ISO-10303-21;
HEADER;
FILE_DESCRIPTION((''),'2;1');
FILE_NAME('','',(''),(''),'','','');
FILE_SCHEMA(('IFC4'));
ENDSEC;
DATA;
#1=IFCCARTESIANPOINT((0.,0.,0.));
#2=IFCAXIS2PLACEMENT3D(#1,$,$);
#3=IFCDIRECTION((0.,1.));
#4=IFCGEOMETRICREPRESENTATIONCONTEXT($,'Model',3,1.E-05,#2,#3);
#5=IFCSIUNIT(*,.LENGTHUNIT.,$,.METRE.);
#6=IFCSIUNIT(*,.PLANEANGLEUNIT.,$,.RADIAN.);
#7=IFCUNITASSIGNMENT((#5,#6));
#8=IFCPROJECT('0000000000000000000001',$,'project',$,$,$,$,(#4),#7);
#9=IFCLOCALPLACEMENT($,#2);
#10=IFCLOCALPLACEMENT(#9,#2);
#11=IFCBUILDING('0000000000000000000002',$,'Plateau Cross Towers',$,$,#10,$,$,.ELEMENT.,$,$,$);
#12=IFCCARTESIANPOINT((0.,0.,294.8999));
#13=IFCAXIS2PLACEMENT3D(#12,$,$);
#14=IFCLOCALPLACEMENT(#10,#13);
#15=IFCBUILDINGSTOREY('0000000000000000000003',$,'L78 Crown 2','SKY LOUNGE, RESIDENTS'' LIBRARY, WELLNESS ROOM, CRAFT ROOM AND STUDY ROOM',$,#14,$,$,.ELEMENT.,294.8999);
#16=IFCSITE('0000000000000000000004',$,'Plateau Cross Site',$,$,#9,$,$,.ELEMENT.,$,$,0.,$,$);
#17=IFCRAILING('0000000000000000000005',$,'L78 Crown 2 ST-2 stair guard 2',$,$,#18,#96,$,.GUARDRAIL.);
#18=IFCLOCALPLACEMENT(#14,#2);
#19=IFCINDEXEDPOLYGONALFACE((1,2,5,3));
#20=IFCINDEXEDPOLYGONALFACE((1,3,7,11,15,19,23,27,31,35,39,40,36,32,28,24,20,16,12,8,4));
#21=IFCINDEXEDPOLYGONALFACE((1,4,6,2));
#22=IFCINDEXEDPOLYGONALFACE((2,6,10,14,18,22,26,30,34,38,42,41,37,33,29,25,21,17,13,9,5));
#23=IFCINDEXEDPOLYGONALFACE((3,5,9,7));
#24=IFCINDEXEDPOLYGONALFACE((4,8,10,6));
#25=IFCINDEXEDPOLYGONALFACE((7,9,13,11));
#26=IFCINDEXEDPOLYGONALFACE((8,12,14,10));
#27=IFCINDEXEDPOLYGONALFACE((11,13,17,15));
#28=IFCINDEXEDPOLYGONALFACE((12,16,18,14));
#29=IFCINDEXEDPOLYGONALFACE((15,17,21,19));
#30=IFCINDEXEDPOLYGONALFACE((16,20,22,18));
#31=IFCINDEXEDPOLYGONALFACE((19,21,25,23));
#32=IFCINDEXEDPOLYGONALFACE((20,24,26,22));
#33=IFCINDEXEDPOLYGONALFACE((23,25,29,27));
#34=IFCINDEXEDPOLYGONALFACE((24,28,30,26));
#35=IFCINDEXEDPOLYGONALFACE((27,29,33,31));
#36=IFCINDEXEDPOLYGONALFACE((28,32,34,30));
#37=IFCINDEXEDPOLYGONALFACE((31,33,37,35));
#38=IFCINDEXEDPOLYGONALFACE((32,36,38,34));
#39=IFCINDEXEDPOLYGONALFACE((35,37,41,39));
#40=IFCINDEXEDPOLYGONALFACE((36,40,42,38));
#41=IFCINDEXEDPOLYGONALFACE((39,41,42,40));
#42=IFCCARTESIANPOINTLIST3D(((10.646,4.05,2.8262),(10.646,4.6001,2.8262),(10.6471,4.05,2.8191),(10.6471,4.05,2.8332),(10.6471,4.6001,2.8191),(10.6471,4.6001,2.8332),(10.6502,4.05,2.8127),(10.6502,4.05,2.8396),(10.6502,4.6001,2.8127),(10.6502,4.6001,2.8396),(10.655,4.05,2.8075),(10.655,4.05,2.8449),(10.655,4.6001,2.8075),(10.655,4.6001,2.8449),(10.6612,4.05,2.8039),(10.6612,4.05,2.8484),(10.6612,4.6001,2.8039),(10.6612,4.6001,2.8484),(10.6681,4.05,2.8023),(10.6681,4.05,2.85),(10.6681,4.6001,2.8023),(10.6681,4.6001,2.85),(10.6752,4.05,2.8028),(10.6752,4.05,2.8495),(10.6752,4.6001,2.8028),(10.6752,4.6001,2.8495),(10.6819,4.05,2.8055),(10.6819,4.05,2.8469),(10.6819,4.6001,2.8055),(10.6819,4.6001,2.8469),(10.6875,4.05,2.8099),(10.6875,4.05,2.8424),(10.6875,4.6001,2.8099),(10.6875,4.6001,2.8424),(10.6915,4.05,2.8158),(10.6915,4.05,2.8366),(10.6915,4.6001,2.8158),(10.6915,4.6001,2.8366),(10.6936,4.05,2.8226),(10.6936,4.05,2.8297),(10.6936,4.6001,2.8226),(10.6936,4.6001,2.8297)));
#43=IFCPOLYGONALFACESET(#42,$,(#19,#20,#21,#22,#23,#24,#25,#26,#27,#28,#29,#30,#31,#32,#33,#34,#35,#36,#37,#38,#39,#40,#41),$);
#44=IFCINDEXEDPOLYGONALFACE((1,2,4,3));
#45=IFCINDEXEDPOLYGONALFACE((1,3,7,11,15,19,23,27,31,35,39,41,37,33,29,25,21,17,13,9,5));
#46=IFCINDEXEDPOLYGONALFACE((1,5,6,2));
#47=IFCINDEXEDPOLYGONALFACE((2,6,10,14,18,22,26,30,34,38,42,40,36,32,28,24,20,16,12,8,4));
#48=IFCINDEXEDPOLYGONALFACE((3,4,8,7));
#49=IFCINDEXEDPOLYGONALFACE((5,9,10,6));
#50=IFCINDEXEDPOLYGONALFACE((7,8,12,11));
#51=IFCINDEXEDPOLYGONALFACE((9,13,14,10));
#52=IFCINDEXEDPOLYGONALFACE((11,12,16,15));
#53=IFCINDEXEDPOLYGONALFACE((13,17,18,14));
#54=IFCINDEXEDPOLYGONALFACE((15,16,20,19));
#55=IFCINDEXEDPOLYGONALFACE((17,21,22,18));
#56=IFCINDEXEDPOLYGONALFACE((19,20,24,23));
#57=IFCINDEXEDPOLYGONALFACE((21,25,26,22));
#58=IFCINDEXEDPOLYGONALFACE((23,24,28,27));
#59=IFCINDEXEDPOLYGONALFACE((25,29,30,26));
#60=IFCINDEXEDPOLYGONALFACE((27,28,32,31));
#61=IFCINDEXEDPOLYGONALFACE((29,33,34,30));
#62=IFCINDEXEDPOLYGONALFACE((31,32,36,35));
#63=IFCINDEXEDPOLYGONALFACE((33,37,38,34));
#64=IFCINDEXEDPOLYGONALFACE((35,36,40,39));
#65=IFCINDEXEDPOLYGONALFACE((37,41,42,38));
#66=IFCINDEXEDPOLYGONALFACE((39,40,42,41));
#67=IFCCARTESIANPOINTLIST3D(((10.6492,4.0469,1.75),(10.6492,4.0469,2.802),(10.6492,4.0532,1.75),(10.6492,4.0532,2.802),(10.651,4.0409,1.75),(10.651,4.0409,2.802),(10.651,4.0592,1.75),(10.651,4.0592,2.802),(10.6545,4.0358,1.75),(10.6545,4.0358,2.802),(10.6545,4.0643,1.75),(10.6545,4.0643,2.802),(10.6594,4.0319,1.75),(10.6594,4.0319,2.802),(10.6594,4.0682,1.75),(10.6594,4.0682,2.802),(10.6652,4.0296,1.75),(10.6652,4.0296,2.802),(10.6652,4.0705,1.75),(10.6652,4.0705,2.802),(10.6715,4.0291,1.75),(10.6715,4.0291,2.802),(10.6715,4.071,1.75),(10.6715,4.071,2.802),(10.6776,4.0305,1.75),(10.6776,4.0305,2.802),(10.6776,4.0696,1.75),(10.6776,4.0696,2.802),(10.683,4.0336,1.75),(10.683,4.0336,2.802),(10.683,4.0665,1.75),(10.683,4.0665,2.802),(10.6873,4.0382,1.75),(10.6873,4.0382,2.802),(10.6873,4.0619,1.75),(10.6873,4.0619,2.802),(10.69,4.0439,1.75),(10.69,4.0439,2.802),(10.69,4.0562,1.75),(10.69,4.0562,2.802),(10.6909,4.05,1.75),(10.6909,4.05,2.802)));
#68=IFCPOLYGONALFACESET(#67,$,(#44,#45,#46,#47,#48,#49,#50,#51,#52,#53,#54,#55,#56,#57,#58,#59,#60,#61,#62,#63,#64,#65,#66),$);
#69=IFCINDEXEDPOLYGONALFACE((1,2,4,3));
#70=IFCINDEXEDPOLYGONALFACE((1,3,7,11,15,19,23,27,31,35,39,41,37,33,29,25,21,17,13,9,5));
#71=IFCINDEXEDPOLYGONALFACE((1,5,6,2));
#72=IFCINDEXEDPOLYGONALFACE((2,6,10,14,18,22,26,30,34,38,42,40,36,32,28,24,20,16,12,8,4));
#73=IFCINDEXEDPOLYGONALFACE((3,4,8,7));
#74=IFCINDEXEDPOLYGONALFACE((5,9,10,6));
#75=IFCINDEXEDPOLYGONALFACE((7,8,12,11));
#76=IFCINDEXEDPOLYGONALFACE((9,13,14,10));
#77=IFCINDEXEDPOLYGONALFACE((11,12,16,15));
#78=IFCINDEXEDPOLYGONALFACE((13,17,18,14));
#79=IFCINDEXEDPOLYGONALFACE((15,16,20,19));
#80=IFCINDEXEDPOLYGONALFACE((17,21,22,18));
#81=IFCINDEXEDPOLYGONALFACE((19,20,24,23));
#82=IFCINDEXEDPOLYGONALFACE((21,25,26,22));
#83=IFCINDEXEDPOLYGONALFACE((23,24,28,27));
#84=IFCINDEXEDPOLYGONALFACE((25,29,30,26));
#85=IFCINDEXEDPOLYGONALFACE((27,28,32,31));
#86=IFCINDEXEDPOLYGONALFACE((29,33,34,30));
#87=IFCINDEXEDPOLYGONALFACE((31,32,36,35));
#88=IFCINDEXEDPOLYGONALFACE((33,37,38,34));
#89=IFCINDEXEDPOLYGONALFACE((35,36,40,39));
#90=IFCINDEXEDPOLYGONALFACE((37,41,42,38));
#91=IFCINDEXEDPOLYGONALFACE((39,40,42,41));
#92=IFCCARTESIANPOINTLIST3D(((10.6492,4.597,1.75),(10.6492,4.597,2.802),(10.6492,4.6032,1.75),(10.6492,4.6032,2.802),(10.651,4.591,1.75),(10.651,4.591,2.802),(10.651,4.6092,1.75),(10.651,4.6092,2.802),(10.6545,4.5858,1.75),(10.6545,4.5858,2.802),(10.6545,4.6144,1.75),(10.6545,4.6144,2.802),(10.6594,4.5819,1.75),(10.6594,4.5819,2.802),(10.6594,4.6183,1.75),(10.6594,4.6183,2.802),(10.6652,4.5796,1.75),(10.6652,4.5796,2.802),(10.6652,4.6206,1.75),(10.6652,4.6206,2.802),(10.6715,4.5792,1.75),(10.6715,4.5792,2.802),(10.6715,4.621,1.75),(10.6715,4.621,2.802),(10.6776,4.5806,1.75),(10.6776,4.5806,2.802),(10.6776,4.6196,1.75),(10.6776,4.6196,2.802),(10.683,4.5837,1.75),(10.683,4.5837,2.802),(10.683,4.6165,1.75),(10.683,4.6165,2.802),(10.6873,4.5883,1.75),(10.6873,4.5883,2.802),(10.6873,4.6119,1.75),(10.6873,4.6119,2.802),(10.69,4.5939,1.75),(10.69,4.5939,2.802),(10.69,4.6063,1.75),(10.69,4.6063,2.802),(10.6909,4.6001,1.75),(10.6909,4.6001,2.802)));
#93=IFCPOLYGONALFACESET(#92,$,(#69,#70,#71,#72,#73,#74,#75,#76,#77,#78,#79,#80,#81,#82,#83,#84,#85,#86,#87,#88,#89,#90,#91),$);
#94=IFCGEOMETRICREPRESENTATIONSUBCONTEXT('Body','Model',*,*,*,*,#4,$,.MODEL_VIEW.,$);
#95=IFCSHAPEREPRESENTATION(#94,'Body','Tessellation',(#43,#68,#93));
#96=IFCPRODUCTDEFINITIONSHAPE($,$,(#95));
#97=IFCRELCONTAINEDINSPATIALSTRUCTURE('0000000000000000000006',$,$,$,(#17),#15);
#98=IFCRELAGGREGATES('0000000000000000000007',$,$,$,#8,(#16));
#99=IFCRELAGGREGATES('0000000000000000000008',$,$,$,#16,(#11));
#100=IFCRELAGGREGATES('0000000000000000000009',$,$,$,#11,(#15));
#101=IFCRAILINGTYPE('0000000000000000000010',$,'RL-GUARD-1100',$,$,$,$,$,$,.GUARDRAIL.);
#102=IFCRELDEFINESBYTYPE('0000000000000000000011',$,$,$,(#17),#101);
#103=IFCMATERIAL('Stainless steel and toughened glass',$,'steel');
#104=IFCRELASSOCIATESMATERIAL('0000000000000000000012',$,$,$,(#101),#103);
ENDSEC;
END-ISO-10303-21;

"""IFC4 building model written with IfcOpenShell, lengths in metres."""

from ifc_helpers import new_model, si_unit, direction, frame, origin, origin_2d, place, context, subcontext, project, spatial, circle, extrude, material, type_object, element, save


model = new_model("IFC4")

# Units and contexts
model_context = context("Model", 3, precision=1e-05, world=origin(), true_north=direction((0.0, 1.0)))
body_context = subcontext(model_context, "Body", "Model", "MODEL_VIEW")
ifc_project = project(units=[si_unit("LENGTHUNIT", "METRE"), si_unit("PLANEANGLEUNIT", "RADIAN")], contexts=[model_context])

# Site, building, storey
site_placement = place(None, origin())
site = spatial("IfcSite", under=ifc_project, at=site_placement, Name="Plateau Cross Site", CompositionType="ELEMENT", RefElevation=0.0)
building_placement = place(site_placement, origin())
building = spatial("IfcBuilding", under=site, at=building_placement, Name="Plateau Cross Towers", CompositionType="ELEMENT")
storey_placement = place(building_placement, frame((0.0, 0.0, 294.8999)))
storey = spatial("IfcBuildingStorey", under=building, at=storey_placement, Name="L78 Crown 2", Description="SKY LOUNGE, RESIDENTS' LIBRARY, WELLNESS ROOM, CRAFT ROOM AND STUDY ROOM", CompositionType="ELEMENT", Elevation=294.8999)

# Railing
ifc_material_1 = material(Name="Stainless steel and toughened glass", Category="steel")
railing_type_1 = type_object("IfcRailingType", Name="RL-GUARD-1100", PredefinedType="GUARDRAIL", material=ifc_material_1)
railing_1_placement = place(storey_placement, frame((10.6699, 4.05, 1.75)))
element("IfcRailing", 1, at=railing_1_placement, inside=storey, type_object=railing_type_1, Name="L78 Crown 2 ST-2 stair guard 2", PredefinedType="GUARDRAIL", context=body_context, shape_type="SweptSolid", body=[
    extrude(circle(Radius=0.0239, at=origin_2d()), frame((0.0, 0.0, 1.0762), z_axis=(0.0, 1.0, 0.0), x_axis=(-1.0, 0.0, 0.0)), (0.0, 0.0, 1.0), 0.55),
    extrude(circle(Radius=0.021, at=origin_2d()), origin(), (0.0, 0.0, 1.0), 1.052),
    extrude(circle(Radius=0.021, at=origin_2d()), frame((0.0, 0.55, 0.0)), (0.0, 0.0, 1.0), 1.052),
])

save(model, "model.ifc")
